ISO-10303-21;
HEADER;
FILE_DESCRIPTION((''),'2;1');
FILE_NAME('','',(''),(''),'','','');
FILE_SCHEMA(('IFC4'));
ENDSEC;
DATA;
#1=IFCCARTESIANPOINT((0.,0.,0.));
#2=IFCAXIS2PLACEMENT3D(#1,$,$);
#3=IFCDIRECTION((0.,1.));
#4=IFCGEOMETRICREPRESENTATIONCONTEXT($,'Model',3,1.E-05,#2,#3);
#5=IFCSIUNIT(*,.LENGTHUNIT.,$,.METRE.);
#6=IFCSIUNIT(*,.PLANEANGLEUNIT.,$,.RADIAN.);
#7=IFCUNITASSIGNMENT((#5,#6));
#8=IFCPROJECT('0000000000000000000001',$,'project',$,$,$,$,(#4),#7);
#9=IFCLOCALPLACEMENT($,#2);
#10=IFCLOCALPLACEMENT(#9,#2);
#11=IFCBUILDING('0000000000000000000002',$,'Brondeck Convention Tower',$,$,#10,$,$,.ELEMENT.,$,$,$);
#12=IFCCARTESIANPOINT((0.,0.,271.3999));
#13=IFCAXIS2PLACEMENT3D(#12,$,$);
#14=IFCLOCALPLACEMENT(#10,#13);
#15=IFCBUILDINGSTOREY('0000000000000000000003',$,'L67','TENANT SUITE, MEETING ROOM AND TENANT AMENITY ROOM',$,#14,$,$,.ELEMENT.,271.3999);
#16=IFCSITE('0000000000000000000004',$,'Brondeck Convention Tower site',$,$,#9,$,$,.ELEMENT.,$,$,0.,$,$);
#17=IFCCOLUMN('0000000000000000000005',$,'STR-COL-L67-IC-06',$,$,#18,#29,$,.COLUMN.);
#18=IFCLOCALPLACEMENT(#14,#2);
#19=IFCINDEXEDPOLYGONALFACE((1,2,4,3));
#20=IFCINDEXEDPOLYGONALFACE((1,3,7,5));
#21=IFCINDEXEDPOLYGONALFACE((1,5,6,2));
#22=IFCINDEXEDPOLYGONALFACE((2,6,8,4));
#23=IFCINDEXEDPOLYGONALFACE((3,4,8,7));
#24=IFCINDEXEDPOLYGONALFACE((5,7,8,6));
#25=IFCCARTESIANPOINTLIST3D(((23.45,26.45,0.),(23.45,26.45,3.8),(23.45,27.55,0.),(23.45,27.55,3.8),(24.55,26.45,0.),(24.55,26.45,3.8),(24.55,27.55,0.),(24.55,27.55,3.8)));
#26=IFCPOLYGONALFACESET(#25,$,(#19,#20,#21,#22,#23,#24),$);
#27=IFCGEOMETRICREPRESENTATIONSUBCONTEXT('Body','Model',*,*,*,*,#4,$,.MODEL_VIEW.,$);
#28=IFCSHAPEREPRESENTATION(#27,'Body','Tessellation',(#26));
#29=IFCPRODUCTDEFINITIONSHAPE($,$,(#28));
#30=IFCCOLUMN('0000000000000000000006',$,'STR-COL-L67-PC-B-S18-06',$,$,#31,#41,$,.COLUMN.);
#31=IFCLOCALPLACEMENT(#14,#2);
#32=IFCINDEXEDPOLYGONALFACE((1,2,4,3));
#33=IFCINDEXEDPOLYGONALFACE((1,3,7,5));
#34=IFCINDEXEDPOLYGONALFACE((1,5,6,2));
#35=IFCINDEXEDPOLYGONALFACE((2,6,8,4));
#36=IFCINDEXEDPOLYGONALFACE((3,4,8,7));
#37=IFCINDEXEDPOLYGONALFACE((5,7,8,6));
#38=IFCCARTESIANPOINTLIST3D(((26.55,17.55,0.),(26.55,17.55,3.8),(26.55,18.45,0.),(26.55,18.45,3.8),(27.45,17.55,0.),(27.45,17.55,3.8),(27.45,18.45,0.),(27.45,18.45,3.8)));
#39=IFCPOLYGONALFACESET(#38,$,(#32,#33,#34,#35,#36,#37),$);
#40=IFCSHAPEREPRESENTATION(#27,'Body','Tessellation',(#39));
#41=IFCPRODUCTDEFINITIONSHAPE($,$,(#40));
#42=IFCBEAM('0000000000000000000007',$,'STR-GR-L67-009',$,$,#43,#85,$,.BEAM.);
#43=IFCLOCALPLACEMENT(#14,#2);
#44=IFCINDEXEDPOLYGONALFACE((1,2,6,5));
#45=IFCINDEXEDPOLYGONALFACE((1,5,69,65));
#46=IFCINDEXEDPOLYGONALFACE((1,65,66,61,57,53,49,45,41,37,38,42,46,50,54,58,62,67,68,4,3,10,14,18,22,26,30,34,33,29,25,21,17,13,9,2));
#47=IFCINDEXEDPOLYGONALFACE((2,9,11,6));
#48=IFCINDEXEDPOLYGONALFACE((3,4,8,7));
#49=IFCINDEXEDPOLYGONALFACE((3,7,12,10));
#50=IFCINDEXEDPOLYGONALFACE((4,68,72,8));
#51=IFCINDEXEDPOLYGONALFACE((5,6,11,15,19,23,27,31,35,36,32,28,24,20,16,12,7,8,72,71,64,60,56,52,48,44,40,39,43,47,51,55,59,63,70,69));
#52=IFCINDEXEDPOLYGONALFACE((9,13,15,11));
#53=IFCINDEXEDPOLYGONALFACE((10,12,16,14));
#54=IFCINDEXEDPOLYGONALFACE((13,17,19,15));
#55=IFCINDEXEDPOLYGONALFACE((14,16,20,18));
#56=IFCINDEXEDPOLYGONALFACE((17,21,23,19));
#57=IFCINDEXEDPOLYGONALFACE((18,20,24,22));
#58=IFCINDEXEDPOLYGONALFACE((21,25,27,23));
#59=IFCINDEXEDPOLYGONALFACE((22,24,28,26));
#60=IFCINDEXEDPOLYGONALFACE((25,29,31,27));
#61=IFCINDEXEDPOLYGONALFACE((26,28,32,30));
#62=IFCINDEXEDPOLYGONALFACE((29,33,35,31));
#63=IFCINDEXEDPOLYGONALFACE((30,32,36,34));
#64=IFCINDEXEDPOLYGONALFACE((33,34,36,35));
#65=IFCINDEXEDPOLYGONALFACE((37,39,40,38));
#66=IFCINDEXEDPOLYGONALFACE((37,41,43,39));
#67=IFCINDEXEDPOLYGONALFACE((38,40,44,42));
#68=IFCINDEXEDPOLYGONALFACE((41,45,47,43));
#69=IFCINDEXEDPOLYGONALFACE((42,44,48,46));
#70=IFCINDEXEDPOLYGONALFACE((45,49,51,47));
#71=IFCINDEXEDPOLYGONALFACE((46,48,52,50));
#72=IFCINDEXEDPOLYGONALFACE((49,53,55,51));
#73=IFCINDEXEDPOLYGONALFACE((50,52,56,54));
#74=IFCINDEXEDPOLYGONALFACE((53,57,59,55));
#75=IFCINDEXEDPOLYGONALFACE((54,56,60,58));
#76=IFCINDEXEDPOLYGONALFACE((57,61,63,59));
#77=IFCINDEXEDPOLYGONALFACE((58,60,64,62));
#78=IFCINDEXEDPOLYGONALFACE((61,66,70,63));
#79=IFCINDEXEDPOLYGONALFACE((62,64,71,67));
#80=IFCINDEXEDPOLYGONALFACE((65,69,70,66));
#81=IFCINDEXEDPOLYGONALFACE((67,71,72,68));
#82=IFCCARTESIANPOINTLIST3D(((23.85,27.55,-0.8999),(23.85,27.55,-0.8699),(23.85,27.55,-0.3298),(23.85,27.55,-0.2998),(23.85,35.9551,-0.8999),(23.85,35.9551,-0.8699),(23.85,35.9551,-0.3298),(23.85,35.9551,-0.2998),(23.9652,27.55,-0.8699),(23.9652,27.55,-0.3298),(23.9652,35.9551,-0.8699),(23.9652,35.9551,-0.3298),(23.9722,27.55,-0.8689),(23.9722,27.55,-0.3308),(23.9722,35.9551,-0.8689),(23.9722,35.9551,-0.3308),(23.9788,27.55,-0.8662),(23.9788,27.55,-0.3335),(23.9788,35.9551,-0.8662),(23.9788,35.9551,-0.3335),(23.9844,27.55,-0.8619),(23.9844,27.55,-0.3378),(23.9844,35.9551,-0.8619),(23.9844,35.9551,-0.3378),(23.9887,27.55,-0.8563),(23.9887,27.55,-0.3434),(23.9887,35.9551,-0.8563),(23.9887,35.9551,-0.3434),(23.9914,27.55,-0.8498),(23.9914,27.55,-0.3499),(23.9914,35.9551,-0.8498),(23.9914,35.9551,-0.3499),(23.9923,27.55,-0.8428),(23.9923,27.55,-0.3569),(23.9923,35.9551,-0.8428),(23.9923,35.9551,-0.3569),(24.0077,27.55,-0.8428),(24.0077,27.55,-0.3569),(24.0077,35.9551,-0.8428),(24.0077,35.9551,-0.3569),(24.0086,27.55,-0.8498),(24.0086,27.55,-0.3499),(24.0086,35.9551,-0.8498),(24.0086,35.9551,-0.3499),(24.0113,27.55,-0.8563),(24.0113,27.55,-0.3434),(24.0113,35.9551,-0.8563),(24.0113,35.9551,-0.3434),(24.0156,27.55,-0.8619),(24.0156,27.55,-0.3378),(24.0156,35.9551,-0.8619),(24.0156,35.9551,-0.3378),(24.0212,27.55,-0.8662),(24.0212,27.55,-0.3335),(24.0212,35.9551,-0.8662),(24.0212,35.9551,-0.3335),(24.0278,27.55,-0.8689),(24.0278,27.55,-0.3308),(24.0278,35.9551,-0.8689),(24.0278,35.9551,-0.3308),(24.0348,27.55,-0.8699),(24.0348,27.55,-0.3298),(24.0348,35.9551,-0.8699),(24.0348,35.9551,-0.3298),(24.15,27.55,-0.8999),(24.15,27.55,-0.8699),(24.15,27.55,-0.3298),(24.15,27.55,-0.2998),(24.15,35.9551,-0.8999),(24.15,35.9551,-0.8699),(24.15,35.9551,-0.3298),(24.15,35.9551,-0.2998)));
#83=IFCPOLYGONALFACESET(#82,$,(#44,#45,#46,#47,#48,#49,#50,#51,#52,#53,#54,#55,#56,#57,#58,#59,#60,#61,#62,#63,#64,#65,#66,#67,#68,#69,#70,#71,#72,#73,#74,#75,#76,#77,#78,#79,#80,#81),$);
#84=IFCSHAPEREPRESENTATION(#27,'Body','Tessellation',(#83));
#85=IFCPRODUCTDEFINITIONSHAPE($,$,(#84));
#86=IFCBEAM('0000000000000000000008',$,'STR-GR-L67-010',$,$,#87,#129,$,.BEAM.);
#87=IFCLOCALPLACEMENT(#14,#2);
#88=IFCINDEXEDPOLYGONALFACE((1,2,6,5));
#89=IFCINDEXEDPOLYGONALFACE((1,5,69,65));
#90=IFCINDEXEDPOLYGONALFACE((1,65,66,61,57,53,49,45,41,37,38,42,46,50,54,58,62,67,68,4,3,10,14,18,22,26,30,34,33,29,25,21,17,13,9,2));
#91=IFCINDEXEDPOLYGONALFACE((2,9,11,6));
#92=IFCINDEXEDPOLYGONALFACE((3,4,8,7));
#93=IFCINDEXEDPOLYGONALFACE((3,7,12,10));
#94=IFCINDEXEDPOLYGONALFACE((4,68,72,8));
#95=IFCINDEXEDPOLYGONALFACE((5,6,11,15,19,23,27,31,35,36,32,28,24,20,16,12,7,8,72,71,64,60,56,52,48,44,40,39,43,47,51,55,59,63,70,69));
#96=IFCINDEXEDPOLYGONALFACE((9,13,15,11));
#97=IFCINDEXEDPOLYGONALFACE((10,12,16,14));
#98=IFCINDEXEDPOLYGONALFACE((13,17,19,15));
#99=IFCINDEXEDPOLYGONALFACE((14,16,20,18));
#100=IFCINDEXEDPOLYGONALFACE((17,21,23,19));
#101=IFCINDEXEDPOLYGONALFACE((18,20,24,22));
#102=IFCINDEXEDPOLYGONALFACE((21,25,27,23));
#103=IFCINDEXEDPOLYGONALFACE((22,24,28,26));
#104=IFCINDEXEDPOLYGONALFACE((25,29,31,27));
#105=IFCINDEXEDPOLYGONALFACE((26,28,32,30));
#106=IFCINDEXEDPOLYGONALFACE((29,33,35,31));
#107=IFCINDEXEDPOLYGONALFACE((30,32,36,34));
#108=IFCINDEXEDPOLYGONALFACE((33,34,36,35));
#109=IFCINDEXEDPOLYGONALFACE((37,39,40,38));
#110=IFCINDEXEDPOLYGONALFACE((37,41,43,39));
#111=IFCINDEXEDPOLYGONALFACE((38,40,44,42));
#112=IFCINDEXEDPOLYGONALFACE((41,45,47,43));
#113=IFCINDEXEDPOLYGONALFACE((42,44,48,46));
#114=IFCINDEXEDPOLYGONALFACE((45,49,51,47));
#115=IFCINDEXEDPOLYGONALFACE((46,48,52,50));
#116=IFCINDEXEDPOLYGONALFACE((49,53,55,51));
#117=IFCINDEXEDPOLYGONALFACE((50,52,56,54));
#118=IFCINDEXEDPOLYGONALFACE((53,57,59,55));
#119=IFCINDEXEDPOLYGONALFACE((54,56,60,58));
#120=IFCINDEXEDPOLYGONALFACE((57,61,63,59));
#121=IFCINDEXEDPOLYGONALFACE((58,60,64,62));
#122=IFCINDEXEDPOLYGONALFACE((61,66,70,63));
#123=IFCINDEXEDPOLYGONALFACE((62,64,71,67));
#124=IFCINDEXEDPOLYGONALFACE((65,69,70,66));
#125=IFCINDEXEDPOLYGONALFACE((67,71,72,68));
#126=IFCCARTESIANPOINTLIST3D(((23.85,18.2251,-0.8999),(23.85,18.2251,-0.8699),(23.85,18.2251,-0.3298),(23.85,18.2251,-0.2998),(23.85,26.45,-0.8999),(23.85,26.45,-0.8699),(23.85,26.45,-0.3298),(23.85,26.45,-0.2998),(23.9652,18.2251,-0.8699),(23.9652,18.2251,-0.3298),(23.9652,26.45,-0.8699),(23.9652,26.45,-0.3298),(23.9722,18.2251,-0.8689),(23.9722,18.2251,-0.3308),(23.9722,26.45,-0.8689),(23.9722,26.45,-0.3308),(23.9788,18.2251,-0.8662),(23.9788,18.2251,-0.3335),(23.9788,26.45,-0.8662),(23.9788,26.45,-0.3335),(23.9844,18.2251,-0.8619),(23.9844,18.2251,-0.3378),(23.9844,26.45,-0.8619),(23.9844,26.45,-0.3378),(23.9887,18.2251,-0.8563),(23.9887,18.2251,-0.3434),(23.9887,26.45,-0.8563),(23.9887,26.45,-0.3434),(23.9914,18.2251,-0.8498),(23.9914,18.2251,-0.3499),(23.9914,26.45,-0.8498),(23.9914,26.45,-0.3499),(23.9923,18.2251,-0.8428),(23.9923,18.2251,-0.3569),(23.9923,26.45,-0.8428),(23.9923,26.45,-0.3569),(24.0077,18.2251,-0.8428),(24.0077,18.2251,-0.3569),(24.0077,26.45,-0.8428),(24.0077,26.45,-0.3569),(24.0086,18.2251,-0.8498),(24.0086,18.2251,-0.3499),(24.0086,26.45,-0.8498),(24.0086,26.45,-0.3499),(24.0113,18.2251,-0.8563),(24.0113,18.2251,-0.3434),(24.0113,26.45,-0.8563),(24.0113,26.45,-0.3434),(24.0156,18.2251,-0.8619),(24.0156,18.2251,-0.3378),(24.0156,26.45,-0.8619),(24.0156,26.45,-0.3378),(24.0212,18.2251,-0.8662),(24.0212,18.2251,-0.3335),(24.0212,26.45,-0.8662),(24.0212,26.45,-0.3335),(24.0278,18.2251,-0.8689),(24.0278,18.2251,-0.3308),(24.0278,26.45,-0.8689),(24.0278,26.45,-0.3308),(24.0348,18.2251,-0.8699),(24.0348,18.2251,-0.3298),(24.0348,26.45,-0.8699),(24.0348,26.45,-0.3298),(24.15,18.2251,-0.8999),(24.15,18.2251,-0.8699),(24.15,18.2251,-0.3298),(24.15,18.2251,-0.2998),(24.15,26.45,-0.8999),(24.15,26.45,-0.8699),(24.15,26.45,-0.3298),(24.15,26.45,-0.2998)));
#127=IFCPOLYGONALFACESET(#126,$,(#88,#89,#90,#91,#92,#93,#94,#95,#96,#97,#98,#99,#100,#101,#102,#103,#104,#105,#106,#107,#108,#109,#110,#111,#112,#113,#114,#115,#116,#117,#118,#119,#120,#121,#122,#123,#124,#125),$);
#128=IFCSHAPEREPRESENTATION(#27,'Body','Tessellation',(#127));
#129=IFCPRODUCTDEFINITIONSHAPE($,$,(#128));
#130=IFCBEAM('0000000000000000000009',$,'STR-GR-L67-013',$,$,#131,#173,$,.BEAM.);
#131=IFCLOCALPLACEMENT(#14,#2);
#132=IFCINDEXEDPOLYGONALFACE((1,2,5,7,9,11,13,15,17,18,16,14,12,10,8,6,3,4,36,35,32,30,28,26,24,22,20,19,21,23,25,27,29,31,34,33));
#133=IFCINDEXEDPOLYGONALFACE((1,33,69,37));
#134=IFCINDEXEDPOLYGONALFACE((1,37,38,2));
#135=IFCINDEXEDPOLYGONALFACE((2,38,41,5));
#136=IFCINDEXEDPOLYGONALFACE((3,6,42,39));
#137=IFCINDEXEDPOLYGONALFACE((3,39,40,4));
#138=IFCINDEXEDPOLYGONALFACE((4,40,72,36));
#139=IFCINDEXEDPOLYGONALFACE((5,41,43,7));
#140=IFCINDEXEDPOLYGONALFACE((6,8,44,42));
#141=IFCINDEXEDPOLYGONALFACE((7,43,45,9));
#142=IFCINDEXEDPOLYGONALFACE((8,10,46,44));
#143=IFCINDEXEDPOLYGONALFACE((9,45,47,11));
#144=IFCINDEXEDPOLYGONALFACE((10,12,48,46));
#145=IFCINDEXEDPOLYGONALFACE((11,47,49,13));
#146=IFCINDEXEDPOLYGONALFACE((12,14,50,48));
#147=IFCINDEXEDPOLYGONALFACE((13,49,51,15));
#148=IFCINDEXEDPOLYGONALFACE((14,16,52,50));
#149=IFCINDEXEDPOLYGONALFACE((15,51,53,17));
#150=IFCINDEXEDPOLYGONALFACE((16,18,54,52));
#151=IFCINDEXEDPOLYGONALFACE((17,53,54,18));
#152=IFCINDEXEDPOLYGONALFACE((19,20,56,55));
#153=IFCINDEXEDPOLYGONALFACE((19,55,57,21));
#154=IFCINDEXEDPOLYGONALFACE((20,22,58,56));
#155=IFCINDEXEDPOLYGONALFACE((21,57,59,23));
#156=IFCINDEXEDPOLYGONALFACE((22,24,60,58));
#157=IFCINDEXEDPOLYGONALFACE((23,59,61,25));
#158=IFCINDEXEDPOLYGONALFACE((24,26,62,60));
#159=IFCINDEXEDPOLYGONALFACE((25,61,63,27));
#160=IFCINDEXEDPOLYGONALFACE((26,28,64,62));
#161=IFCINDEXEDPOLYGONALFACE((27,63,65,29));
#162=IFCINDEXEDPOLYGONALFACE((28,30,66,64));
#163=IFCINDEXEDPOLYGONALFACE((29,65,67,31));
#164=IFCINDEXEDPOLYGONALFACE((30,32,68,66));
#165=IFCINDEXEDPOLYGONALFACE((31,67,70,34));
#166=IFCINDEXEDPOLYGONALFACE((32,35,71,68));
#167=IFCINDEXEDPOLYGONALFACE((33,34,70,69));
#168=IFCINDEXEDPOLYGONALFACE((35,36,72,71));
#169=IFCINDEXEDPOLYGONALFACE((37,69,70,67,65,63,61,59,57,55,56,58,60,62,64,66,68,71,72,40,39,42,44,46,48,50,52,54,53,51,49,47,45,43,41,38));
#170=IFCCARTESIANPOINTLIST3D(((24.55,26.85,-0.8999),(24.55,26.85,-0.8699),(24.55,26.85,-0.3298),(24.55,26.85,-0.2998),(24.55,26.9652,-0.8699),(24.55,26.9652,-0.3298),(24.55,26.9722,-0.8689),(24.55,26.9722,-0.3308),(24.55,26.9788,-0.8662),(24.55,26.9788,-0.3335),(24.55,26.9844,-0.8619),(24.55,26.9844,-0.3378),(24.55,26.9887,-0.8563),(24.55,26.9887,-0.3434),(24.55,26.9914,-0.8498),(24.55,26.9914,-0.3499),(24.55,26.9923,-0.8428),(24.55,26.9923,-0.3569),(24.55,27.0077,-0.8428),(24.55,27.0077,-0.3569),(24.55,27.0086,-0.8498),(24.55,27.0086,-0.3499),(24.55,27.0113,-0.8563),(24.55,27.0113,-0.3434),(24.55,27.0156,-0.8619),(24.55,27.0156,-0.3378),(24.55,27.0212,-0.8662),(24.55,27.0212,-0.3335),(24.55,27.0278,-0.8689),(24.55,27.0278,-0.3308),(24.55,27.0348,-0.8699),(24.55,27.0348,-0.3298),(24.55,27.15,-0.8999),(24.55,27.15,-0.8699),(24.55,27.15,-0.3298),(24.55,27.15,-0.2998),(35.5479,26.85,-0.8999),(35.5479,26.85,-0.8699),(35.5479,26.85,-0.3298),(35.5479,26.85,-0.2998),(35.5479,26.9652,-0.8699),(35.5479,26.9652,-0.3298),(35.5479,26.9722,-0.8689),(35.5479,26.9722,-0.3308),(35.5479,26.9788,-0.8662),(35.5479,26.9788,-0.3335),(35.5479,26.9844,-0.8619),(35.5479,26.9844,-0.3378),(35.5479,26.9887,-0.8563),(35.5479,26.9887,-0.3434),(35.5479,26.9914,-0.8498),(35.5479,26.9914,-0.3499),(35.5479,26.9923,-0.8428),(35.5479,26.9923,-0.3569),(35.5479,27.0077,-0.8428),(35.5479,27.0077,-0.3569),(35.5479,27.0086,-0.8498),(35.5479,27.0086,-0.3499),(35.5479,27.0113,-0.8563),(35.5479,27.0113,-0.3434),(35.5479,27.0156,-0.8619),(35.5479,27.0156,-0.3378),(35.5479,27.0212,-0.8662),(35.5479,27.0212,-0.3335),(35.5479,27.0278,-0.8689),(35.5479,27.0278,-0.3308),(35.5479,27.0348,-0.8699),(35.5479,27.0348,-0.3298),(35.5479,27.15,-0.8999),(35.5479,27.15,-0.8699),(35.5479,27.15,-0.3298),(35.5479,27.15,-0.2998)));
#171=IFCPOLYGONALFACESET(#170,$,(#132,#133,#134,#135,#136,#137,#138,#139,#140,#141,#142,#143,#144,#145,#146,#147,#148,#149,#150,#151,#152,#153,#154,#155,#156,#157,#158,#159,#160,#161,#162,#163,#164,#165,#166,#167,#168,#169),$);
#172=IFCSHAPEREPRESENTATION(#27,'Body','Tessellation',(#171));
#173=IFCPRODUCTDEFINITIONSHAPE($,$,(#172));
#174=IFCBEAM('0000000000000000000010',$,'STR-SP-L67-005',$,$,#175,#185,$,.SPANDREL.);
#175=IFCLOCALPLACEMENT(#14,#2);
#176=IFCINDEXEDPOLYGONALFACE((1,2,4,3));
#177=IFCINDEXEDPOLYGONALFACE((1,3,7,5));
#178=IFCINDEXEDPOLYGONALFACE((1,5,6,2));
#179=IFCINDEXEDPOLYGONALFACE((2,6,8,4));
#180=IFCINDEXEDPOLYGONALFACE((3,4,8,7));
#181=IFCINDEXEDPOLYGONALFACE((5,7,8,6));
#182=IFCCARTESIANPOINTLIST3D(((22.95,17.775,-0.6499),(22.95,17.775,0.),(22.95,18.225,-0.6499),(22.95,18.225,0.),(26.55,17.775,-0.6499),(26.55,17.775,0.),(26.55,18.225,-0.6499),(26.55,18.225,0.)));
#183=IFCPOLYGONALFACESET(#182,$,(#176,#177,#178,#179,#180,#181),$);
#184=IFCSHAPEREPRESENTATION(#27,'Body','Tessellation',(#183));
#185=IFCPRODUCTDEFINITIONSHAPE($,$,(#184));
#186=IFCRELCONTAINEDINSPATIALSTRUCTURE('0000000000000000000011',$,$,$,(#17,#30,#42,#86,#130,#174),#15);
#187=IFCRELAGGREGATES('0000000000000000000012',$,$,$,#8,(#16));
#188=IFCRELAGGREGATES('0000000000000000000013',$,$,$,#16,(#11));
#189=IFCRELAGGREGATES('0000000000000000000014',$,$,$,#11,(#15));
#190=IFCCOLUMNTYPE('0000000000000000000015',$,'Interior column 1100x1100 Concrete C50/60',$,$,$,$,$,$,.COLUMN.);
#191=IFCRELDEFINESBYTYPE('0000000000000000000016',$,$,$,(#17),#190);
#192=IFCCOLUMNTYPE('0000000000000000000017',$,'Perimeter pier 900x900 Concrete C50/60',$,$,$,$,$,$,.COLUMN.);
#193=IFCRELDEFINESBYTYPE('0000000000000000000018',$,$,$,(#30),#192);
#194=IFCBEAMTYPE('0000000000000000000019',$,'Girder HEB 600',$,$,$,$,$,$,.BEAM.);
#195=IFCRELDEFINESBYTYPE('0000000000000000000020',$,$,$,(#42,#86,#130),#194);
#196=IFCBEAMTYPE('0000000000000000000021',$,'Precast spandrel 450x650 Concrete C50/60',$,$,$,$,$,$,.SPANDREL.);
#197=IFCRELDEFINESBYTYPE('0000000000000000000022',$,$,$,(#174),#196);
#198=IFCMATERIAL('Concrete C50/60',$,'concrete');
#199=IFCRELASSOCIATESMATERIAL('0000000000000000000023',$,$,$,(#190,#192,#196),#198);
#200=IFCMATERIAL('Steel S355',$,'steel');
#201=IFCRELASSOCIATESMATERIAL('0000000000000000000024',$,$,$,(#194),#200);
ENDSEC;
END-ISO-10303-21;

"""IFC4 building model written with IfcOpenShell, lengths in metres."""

from ifc_helpers import new_model, si_unit, direction, frame, origin, origin_2d, place, context, subcontext, project, spatial, rectangle, i_section, extrude, material, material_profile, profile_set, type_object, element, save


model = new_model("IFC4")

# Units and contexts
model_context = context("Model", 3, precision=1e-05, world=origin(), true_north=direction((0.0, 1.0)))
body_context = subcontext(model_context, "Body", "Model", "MODEL_VIEW")
ifc_project = project(units=[si_unit("LENGTHUNIT", "METRE"), si_unit("PLANEANGLEUNIT", "RADIAN")], contexts=[model_context])

# Site, building, storey
site_placement = place(None, origin())
site = spatial("IfcSite", under=ifc_project, at=site_placement, Name="Brondeck Convention Tower site", CompositionType="ELEMENT", RefElevation=0.0)
building_placement = place(site_placement, origin())
building = spatial("IfcBuilding", under=site, at=building_placement, Name="Brondeck Convention Tower", CompositionType="ELEMENT")
storey_placement = place(building_placement, frame((0.0, 0.0, 271.3999)))
storey = spatial("IfcBuildingStorey", under=building, at=storey_placement, Name="L67", Description="TENANT SUITE, MEETING ROOM AND TENANT AMENITY ROOM", CompositionType="ELEMENT", Elevation=271.3999)

# Columns
ifc_material_1 = material(Name="Concrete C50/60", Category="concrete")
ifc_material_profile_1 = material_profile(ifc_material_1, rectangle(XDim=1.1001, YDim=1.1001, at=origin_2d()), Name="Interior column 1100x1100 Concrete C50/60")
ifc_profile_set_1 = profile_set([ifc_material_profile_1], Name="Concrete C50/60")
column_type_1 = type_object("IfcColumnType", Name="Interior column 1100x1100 Concrete C50/60", PredefinedType="COLUMN", material=ifc_profile_set_1)
column_1_placement = place(storey_placement, frame((24.0, 27.0, 0.0), z_axis=(0.0, 0.0, 1.0), x_axis=(1.0, 0.0, 0.0)))
element("IfcColumn", 1, at=column_1_placement, inside=storey, type_object=column_type_1, Name="STR-COL-L67-IC-06", PredefinedType="COLUMN", context=body_context, shape_type="SweptSolid", body=[
    extrude(rectangle(XDim=1.1001, YDim=1.1001, at=origin_2d()), origin(), (0.0, 0.0, 1.0), 3.8),
])
ifc_material_profile_2 = material_profile(ifc_material_1, rectangle(XDim=0.8999, YDim=0.8999, at=origin_2d()), Name="Perimeter pier 900x900 Concrete C50/60")
ifc_profile_set_2 = profile_set([ifc_material_profile_2], Name="Concrete C50/60")
column_type_2 = type_object("IfcColumnType", Name="Perimeter pier 900x900 Concrete C50/60", PredefinedType="COLUMN", material=ifc_profile_set_2)
column_2_placement = place(storey_placement, frame((27.0, 18.0, 0.0), z_axis=(0.0, 0.0, 1.0), x_axis=(1.0, 0.0, 0.0)))
element("IfcColumn", 2, at=column_2_placement, inside=storey, type_object=column_type_2, Name="STR-COL-L67-PC-B-S18-06", PredefinedType="COLUMN", context=body_context, shape_type="SweptSolid", body=[
    extrude(rectangle(XDim=0.8999, YDim=0.8999, at=origin_2d()), origin(), (0.0, 0.0, 1.0), 3.8),
])

# Beams
ifc_material_2 = material(Name="Steel S355", Category="steel")
ifc_material_profile_3 = material_profile(ifc_material_2, i_section(OverallWidth=0.3, OverallDepth=0.6001, WebThickness=0.0154, FlangeThickness=0.03, FilletRadius=0.0271, at=origin_2d()), Name="HEB 600")
ifc_profile_set_3 = profile_set([ifc_material_profile_3], Name="Steel S355")
beam_type_1 = type_object("IfcBeamType", Name="Girder HEB 600", PredefinedType="BEAM", material=ifc_profile_set_3)
beam_1_placement = place(storey_placement, frame((24.0, 35.9551, -0.5999), z_axis=(0.0, -1.0, 0.0), x_axis=(1.0, 0.0, 0.0)))
element("IfcBeam", 3, at=beam_1_placement, inside=storey, type_object=beam_type_1, Name="STR-GR-L67-009", PredefinedType="BEAM", context=body_context, shape_type="SweptSolid", body=[
    extrude(i_section(OverallWidth=0.3, OverallDepth=0.6001, WebThickness=0.0154, FlangeThickness=0.03, FilletRadius=0.0271, at=origin_2d()), origin(), (0.0, 0.0, 1.0), 8.405),
])
beam_2_placement = place(storey_placement, frame((24.0, 26.45, -0.5999), z_axis=(0.0, -1.0, 0.0), x_axis=(1.0, 0.0, 0.0)))
element("IfcBeam", 4, at=beam_2_placement, inside=storey, type_object=beam_type_1, Name="STR-GR-L67-010", PredefinedType="BEAM", context=body_context, shape_type="SweptSolid", body=[
    extrude(i_section(OverallWidth=0.3, OverallDepth=0.6001, WebThickness=0.0154, FlangeThickness=0.03, FilletRadius=0.0271, at=origin_2d()), origin(), (0.0, 0.0, 1.0), 8.2249),
])
beam_3_placement = place(storey_placement, frame((24.55, 27.0, -0.5999), z_axis=(1.0, 0.0, 0.0), x_axis=(0.0, 1.0, 0.0)))
element("IfcBeam", 5, at=beam_3_placement, inside=storey, type_object=beam_type_1, Name="STR-GR-L67-013", PredefinedType="BEAM", context=body_context, shape_type="SweptSolid", body=[
    extrude(i_section(OverallWidth=0.3, OverallDepth=0.6001, WebThickness=0.0154, FlangeThickness=0.03, FilletRadius=0.0271, at=origin_2d()), origin(), (0.0, 0.0, 1.0), 10.9978),
])
ifc_material_profile_4 = material_profile(ifc_material_1, rectangle(XDim=0.45, YDim=0.6499, at=origin_2d()), Name="Precast spandrel 450x650 Concrete C50/60")
ifc_profile_set_4 = profile_set([ifc_material_profile_4], Name="Concrete C50/60")
beam_type_2 = type_object("IfcBeamType", Name="Precast spandrel 450x650 Concrete C50/60", PredefinedType="SPANDREL", material=ifc_profile_set_4)
for number, where, z_axis, x_axis, name in (
    (6, (22.95, 18.0, -0.325), (1.0, 0.0, 0.0), (0.0, 1.0, 0.0), "STR-SP-L67-005"),
):
    element("IfcBeam", number, at=place(storey_placement, frame(where, z_axis=z_axis, x_axis=x_axis)), inside=storey, type_object=beam_type_2, Name=name, PredefinedType="SPANDREL", context=body_context, shape_type="SweptSolid", body=[
        extrude(rectangle(XDim=0.45, YDim=0.6499, at=origin_2d()), origin(), (0.0, 0.0, 1.0), 3.6001),
    ])

save(model, "model.ifc")
